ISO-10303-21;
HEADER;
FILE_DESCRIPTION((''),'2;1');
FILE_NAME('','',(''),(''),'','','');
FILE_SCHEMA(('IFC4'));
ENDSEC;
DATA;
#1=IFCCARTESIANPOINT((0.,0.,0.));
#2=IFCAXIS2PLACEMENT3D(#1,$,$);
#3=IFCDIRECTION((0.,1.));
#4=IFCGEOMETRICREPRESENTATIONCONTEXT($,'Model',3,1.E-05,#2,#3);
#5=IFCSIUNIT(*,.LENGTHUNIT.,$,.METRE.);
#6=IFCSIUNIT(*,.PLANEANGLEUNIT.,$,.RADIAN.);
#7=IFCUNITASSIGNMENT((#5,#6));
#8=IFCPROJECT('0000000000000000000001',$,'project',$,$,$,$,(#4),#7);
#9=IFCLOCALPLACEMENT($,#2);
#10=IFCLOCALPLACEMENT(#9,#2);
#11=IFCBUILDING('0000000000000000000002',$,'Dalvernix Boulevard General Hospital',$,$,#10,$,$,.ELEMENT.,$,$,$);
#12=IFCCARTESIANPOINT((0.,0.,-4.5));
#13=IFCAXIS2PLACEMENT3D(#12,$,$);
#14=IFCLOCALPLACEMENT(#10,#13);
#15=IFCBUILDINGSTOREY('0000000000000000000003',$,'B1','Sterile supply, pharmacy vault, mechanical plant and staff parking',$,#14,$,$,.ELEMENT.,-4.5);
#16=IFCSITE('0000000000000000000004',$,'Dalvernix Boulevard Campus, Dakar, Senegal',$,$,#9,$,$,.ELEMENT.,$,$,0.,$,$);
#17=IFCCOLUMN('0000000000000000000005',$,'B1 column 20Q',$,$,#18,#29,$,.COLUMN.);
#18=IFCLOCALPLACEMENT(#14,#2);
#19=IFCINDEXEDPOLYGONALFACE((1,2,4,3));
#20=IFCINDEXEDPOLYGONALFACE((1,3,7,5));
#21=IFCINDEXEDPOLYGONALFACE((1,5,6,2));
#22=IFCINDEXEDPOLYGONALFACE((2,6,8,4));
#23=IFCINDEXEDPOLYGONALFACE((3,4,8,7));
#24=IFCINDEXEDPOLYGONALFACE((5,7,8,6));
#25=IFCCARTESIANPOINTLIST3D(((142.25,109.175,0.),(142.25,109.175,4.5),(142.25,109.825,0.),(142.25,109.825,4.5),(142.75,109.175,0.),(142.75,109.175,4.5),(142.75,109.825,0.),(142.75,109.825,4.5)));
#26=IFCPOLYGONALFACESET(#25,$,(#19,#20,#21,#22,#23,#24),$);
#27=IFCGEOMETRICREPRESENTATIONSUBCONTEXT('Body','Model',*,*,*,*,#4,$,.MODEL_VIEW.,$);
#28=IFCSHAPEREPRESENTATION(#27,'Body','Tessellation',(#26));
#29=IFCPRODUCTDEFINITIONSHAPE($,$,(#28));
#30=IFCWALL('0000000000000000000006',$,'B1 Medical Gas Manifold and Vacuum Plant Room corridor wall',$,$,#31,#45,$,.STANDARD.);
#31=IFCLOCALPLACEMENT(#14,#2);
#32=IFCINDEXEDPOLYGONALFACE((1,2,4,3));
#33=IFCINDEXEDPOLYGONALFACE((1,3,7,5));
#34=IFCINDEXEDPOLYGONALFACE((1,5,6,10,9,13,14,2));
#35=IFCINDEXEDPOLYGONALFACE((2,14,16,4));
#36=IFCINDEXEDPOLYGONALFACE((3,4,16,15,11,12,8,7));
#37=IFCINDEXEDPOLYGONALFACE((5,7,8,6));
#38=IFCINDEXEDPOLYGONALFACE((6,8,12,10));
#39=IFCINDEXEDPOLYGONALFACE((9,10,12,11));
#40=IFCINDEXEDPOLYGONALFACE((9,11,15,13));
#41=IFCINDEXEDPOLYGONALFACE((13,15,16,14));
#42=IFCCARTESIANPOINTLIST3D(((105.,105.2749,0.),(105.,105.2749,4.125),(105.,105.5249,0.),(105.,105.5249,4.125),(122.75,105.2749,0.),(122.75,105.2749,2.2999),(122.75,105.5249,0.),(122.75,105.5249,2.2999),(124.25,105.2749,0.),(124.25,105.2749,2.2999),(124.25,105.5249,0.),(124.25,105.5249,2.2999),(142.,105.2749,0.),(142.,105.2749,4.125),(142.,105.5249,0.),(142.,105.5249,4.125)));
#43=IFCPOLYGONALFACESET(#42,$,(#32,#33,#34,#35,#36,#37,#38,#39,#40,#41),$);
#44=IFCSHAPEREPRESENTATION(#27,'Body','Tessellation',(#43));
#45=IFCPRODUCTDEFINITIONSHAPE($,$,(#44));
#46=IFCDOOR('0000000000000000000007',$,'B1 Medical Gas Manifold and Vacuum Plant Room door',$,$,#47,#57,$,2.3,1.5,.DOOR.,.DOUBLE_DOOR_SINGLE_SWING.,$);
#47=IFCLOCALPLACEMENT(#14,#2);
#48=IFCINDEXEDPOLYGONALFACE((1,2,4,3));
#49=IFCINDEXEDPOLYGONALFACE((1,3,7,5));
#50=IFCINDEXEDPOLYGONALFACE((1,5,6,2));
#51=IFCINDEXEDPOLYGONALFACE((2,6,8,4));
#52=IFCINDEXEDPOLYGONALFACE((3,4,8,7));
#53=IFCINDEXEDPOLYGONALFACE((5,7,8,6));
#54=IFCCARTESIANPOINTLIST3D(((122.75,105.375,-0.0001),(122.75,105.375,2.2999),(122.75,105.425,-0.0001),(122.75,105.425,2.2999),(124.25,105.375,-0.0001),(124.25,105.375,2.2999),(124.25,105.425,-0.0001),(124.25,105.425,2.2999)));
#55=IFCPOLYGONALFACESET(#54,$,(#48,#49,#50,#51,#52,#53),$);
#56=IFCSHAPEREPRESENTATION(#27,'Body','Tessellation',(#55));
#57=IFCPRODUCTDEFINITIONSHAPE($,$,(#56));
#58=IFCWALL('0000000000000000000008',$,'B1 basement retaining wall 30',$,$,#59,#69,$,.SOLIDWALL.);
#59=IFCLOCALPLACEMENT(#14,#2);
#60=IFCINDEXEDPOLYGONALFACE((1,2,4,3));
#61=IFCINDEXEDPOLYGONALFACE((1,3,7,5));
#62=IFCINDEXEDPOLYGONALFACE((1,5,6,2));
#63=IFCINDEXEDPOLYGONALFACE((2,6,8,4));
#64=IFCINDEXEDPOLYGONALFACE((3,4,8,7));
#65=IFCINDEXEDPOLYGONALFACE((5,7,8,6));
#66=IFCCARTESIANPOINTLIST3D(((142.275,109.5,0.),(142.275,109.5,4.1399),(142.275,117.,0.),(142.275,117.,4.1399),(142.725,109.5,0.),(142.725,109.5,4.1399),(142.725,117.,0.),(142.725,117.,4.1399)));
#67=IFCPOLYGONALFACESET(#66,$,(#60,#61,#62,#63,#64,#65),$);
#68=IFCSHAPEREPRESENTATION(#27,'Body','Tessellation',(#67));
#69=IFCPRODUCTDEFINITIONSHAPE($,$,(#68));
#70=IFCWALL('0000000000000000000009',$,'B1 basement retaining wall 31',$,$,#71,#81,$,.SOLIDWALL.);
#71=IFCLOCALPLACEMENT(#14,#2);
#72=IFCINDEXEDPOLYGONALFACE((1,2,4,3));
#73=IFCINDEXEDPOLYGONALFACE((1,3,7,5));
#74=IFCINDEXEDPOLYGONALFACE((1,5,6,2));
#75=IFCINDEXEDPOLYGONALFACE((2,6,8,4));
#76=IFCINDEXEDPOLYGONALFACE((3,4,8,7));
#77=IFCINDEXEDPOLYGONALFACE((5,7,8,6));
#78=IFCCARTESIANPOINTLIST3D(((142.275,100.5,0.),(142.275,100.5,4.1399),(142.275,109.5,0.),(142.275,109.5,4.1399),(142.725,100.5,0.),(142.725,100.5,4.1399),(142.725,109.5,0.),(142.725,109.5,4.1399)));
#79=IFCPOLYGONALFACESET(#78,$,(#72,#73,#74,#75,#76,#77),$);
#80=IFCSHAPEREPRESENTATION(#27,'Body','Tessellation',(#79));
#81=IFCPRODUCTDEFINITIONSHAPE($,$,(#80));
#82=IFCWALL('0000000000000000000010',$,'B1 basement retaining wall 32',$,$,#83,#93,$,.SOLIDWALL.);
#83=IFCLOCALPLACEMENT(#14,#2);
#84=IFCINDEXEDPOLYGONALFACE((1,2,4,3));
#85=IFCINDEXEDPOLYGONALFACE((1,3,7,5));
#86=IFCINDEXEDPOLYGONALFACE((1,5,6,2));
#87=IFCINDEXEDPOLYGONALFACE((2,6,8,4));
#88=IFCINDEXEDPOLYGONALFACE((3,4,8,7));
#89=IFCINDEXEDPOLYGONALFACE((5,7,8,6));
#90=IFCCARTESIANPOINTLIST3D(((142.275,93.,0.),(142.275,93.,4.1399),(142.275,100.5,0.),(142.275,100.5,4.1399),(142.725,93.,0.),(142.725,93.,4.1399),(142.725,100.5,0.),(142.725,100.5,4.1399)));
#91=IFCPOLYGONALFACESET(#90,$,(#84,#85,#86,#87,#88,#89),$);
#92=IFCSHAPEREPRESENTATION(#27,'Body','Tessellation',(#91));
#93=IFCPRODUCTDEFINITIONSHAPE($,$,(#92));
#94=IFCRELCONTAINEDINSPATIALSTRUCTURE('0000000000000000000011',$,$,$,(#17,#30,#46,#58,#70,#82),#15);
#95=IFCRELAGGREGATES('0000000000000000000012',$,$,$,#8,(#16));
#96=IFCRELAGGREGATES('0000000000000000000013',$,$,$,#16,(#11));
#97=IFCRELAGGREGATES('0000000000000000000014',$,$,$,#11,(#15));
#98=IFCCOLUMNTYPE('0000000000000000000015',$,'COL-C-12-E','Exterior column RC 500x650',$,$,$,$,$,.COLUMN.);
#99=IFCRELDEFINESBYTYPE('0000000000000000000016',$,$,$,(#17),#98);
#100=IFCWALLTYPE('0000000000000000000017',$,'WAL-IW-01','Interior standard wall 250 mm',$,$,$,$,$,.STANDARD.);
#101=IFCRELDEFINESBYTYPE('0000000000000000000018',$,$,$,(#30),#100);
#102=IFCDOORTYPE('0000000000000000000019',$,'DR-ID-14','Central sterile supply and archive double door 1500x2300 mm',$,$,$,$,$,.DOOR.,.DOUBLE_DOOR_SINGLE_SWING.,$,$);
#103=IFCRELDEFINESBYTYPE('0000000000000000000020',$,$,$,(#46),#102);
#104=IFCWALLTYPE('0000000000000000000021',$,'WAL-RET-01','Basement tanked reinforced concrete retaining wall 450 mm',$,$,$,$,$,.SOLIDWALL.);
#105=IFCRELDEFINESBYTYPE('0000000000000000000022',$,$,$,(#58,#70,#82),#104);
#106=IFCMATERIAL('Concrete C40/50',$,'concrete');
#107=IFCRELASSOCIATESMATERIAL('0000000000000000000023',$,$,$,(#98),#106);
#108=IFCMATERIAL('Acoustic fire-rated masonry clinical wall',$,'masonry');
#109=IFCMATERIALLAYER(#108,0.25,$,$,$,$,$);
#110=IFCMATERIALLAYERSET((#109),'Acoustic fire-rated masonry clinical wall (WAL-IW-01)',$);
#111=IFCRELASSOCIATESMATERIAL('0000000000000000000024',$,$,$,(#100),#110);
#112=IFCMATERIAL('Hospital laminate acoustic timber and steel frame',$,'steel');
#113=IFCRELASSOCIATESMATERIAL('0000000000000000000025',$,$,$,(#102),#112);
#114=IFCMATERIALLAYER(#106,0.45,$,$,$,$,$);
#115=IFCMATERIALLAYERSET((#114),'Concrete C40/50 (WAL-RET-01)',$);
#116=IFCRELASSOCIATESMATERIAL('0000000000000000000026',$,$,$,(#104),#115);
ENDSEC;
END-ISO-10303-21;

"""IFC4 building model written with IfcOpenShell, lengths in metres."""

from ifc_helpers import new_model, si_unit, direction, frame, frame_2d, origin, origin_2d, place, context, subcontext, project, spatial, rectangle, extrude, material, layer, layer_set, material_profile, profile_set, type_object, element, fill, save


model = new_model("IFC4")

# Units and contexts
model_context = context("Model", 3, precision=1e-05, world=origin(), true_north=direction((0.0, 1.0)))
body_context = subcontext(model_context, "Body", "Model", "MODEL_VIEW")
ifc_project = project(units=[si_unit("LENGTHUNIT", "METRE"), si_unit("PLANEANGLEUNIT", "RADIAN")], contexts=[model_context])

# Site, building, storey
site_placement = place(None, origin())
site = spatial("IfcSite", under=ifc_project, at=site_placement, Name="Dalvernix Boulevard Campus, Dakar, Senegal", CompositionType="ELEMENT", RefElevation=0.0)
building_placement = place(site_placement, origin())
building = spatial("IfcBuilding", under=site, at=building_placement, Name="Dalvernix Boulevard General Hospital", CompositionType="ELEMENT")
storey_placement = place(building_placement, frame((0.0, 0.0, -4.5)))
storey = spatial("IfcBuildingStorey", under=building, at=storey_placement, Name="B1", Description="Sterile supply, pharmacy vault, mechanical plant and staff parking", CompositionType="ELEMENT", Elevation=-4.5)

# Shared definitions
ifc_material_1 = material(Name="Concrete C40/50", Category="concrete")

# Column
ifc_material_profile_1 = material_profile(ifc_material_1, rectangle(XDim=0.5, YDim=0.6499, at=origin_2d()), Name="RC 500x650")
ifc_profile_set_1 = profile_set([ifc_material_profile_1], Name="Concrete C40/50")
column_type_1 = type_object("IfcColumnType", Name="COL-C-12-E", Description="Exterior column RC 500x650", PredefinedType="COLUMN", material=ifc_profile_set_1)
column_1_placement = place(storey_placement, frame((142.5, 109.5, 0.0), z_axis=(0.0, 0.0, 1.0), x_axis=(1.0, 0.0, 0.0)))
element("IfcColumn", 1, at=column_1_placement, inside=storey, type_object=column_type_1, Name="B1 column 20Q", PredefinedType="COLUMN", context=body_context, shape_type="SweptSolid", body=[
    extrude(rectangle(XDim=0.5, YDim=0.6499, at=origin_2d()), origin(), (0.0, 0.0, 1.0), 4.5),
])

# Wall, opening, door
ifc_material_2 = material(Name="Acoustic fire-rated masonry clinical wall", Category="masonry")
ifc_layer_1 = layer(ifc_material_2, 0.25)
ifc_layer_set_1 = layer_set([ifc_layer_1], Name="Acoustic fire-rated masonry clinical wall (WAL-IW-01)")
wall_type_1 = type_object("IfcWallType", Name="WAL-IW-01", Description="Interior standard wall 250 mm", PredefinedType="STANDARD", material=ifc_layer_set_1)
wall_1_placement = place(storey_placement, frame((142.0, 105.3999, 0.0), z_axis=(0.0, 0.0, 1.0), x_axis=(-1.0, 0.0, 0.0)))
wall_1 = element("IfcWall", 2, at=wall_1_placement, inside=storey, type_object=wall_type_1, Name="B1 Medical Gas Manifold and Vacuum Plant Room corridor wall", PredefinedType="STANDARD", context=body_context, shape_type="SweptSolid", body=[
    extrude(rectangle(XDim=37.0, YDim=0.25, at=frame_2d((18.5, 0.0))), origin(), (0.0, 0.0, 1.0), 4.125),
])
opening_placement = place(wall_1_placement, frame((17.75, 0.0, 0.0)))
opening = element("IfcOpeningElement", 3, at=opening_placement, cuts=wall_1, PredefinedType="OPENING", context=body_context, shape_type="SweptSolid", body=[
    extrude(rectangle(XDim=1.5, YDim=2.3, at=frame_2d((0.75, 1.1499))), frame((0.0, 0.135, 0.0), z_axis=(0.0, -1.0, 0.0), x_axis=(1.0, 0.0, 0.0)), (0.0, 0.0, 1.0), 0.27),
])
ifc_material_3 = material(Name="Hospital laminate acoustic timber and steel frame", Category="steel")
door_type = type_object("IfcDoorType", Name="DR-ID-14", Description="Central sterile supply and archive double door 1500x2300 mm", OperationType="DOUBLE_DOOR_SINGLE_SWING", PredefinedType="DOOR", material=ifc_material_3)
door_placement = place(opening_placement, origin())
door = element("IfcDoor", 4, at=door_placement, inside=storey, type_object=door_type, Name="B1 Medical Gas Manifold and Vacuum Plant Room door", OperationType="DOUBLE_DOOR_SINGLE_SWING", OverallHeight=2.3, OverallWidth=1.5, PredefinedType="DOOR", context=body_context, shape_type="SweptSolid", body=[
    extrude(rectangle(XDim=1.5, YDim=2.3, at=frame_2d((0.75, 1.1499))), frame((0.0, 0.0249, 0.0), z_axis=(0.0, -1.0, 0.0), x_axis=(1.0, 0.0, 0.0)), (0.0, 0.0, 1.0), 0.05),
])
fill(opening, door)

# Walls
ifc_layer_2 = layer(ifc_material_1, 0.45)
ifc_layer_set_2 = layer_set([ifc_layer_2], Name="Concrete C40/50 (WAL-RET-01)")
wall_type_2 = type_object("IfcWallType", Name="WAL-RET-01", Description="Basement tanked reinforced concrete retaining wall 450 mm", PredefinedType="SOLIDWALL", material=ifc_layer_set_2)
wall_2_placement = place(storey_placement, frame((142.5, 117.0, 0.0), z_axis=(0.0, 0.0, 1.0), x_axis=(0.0, -1.0, 0.0)))
element("IfcWall", 5, at=wall_2_placement, inside=storey, type_object=wall_type_2, Name="B1 basement retaining wall 30", PredefinedType="SOLIDWALL", context=body_context, shape_type="SweptSolid", body=[
    extrude(rectangle(XDim=7.5, YDim=0.45, at=frame_2d((3.75, 0.0))), origin(), (0.0, 0.0, 1.0), 4.1399),
])
wall_3_placement = place(storey_placement, frame((142.5, 109.5, 0.0), z_axis=(0.0, 0.0, 1.0), x_axis=(0.0, -1.0, 0.0)))
element("IfcWall", 6, at=wall_3_placement, inside=storey, type_object=wall_type_2, Name="B1 basement retaining wall 31", PredefinedType="SOLIDWALL", context=body_context, shape_type="SweptSolid", body=[
    extrude(rectangle(XDim=9.0, YDim=0.45, at=frame_2d((4.5, 0.0))), origin(), (0.0, 0.0, 1.0), 4.1399),
])
wall_4_placement = place(storey_placement, frame((142.5, 100.5, 0.0), z_axis=(0.0, 0.0, 1.0), x_axis=(0.0, -1.0, 0.0)))
element("IfcWall", 7, at=wall_4_placement, inside=storey, type_object=wall_type_2, Name="B1 basement retaining wall 32", PredefinedType="SOLIDWALL", context=body_context, shape_type="SweptSolid", body=[
    extrude(rectangle(XDim=7.5, YDim=0.45, at=frame_2d((3.75, 0.0))), origin(), (0.0, 0.0, 1.0), 4.1399),
])

save(model, "model.ifc")
